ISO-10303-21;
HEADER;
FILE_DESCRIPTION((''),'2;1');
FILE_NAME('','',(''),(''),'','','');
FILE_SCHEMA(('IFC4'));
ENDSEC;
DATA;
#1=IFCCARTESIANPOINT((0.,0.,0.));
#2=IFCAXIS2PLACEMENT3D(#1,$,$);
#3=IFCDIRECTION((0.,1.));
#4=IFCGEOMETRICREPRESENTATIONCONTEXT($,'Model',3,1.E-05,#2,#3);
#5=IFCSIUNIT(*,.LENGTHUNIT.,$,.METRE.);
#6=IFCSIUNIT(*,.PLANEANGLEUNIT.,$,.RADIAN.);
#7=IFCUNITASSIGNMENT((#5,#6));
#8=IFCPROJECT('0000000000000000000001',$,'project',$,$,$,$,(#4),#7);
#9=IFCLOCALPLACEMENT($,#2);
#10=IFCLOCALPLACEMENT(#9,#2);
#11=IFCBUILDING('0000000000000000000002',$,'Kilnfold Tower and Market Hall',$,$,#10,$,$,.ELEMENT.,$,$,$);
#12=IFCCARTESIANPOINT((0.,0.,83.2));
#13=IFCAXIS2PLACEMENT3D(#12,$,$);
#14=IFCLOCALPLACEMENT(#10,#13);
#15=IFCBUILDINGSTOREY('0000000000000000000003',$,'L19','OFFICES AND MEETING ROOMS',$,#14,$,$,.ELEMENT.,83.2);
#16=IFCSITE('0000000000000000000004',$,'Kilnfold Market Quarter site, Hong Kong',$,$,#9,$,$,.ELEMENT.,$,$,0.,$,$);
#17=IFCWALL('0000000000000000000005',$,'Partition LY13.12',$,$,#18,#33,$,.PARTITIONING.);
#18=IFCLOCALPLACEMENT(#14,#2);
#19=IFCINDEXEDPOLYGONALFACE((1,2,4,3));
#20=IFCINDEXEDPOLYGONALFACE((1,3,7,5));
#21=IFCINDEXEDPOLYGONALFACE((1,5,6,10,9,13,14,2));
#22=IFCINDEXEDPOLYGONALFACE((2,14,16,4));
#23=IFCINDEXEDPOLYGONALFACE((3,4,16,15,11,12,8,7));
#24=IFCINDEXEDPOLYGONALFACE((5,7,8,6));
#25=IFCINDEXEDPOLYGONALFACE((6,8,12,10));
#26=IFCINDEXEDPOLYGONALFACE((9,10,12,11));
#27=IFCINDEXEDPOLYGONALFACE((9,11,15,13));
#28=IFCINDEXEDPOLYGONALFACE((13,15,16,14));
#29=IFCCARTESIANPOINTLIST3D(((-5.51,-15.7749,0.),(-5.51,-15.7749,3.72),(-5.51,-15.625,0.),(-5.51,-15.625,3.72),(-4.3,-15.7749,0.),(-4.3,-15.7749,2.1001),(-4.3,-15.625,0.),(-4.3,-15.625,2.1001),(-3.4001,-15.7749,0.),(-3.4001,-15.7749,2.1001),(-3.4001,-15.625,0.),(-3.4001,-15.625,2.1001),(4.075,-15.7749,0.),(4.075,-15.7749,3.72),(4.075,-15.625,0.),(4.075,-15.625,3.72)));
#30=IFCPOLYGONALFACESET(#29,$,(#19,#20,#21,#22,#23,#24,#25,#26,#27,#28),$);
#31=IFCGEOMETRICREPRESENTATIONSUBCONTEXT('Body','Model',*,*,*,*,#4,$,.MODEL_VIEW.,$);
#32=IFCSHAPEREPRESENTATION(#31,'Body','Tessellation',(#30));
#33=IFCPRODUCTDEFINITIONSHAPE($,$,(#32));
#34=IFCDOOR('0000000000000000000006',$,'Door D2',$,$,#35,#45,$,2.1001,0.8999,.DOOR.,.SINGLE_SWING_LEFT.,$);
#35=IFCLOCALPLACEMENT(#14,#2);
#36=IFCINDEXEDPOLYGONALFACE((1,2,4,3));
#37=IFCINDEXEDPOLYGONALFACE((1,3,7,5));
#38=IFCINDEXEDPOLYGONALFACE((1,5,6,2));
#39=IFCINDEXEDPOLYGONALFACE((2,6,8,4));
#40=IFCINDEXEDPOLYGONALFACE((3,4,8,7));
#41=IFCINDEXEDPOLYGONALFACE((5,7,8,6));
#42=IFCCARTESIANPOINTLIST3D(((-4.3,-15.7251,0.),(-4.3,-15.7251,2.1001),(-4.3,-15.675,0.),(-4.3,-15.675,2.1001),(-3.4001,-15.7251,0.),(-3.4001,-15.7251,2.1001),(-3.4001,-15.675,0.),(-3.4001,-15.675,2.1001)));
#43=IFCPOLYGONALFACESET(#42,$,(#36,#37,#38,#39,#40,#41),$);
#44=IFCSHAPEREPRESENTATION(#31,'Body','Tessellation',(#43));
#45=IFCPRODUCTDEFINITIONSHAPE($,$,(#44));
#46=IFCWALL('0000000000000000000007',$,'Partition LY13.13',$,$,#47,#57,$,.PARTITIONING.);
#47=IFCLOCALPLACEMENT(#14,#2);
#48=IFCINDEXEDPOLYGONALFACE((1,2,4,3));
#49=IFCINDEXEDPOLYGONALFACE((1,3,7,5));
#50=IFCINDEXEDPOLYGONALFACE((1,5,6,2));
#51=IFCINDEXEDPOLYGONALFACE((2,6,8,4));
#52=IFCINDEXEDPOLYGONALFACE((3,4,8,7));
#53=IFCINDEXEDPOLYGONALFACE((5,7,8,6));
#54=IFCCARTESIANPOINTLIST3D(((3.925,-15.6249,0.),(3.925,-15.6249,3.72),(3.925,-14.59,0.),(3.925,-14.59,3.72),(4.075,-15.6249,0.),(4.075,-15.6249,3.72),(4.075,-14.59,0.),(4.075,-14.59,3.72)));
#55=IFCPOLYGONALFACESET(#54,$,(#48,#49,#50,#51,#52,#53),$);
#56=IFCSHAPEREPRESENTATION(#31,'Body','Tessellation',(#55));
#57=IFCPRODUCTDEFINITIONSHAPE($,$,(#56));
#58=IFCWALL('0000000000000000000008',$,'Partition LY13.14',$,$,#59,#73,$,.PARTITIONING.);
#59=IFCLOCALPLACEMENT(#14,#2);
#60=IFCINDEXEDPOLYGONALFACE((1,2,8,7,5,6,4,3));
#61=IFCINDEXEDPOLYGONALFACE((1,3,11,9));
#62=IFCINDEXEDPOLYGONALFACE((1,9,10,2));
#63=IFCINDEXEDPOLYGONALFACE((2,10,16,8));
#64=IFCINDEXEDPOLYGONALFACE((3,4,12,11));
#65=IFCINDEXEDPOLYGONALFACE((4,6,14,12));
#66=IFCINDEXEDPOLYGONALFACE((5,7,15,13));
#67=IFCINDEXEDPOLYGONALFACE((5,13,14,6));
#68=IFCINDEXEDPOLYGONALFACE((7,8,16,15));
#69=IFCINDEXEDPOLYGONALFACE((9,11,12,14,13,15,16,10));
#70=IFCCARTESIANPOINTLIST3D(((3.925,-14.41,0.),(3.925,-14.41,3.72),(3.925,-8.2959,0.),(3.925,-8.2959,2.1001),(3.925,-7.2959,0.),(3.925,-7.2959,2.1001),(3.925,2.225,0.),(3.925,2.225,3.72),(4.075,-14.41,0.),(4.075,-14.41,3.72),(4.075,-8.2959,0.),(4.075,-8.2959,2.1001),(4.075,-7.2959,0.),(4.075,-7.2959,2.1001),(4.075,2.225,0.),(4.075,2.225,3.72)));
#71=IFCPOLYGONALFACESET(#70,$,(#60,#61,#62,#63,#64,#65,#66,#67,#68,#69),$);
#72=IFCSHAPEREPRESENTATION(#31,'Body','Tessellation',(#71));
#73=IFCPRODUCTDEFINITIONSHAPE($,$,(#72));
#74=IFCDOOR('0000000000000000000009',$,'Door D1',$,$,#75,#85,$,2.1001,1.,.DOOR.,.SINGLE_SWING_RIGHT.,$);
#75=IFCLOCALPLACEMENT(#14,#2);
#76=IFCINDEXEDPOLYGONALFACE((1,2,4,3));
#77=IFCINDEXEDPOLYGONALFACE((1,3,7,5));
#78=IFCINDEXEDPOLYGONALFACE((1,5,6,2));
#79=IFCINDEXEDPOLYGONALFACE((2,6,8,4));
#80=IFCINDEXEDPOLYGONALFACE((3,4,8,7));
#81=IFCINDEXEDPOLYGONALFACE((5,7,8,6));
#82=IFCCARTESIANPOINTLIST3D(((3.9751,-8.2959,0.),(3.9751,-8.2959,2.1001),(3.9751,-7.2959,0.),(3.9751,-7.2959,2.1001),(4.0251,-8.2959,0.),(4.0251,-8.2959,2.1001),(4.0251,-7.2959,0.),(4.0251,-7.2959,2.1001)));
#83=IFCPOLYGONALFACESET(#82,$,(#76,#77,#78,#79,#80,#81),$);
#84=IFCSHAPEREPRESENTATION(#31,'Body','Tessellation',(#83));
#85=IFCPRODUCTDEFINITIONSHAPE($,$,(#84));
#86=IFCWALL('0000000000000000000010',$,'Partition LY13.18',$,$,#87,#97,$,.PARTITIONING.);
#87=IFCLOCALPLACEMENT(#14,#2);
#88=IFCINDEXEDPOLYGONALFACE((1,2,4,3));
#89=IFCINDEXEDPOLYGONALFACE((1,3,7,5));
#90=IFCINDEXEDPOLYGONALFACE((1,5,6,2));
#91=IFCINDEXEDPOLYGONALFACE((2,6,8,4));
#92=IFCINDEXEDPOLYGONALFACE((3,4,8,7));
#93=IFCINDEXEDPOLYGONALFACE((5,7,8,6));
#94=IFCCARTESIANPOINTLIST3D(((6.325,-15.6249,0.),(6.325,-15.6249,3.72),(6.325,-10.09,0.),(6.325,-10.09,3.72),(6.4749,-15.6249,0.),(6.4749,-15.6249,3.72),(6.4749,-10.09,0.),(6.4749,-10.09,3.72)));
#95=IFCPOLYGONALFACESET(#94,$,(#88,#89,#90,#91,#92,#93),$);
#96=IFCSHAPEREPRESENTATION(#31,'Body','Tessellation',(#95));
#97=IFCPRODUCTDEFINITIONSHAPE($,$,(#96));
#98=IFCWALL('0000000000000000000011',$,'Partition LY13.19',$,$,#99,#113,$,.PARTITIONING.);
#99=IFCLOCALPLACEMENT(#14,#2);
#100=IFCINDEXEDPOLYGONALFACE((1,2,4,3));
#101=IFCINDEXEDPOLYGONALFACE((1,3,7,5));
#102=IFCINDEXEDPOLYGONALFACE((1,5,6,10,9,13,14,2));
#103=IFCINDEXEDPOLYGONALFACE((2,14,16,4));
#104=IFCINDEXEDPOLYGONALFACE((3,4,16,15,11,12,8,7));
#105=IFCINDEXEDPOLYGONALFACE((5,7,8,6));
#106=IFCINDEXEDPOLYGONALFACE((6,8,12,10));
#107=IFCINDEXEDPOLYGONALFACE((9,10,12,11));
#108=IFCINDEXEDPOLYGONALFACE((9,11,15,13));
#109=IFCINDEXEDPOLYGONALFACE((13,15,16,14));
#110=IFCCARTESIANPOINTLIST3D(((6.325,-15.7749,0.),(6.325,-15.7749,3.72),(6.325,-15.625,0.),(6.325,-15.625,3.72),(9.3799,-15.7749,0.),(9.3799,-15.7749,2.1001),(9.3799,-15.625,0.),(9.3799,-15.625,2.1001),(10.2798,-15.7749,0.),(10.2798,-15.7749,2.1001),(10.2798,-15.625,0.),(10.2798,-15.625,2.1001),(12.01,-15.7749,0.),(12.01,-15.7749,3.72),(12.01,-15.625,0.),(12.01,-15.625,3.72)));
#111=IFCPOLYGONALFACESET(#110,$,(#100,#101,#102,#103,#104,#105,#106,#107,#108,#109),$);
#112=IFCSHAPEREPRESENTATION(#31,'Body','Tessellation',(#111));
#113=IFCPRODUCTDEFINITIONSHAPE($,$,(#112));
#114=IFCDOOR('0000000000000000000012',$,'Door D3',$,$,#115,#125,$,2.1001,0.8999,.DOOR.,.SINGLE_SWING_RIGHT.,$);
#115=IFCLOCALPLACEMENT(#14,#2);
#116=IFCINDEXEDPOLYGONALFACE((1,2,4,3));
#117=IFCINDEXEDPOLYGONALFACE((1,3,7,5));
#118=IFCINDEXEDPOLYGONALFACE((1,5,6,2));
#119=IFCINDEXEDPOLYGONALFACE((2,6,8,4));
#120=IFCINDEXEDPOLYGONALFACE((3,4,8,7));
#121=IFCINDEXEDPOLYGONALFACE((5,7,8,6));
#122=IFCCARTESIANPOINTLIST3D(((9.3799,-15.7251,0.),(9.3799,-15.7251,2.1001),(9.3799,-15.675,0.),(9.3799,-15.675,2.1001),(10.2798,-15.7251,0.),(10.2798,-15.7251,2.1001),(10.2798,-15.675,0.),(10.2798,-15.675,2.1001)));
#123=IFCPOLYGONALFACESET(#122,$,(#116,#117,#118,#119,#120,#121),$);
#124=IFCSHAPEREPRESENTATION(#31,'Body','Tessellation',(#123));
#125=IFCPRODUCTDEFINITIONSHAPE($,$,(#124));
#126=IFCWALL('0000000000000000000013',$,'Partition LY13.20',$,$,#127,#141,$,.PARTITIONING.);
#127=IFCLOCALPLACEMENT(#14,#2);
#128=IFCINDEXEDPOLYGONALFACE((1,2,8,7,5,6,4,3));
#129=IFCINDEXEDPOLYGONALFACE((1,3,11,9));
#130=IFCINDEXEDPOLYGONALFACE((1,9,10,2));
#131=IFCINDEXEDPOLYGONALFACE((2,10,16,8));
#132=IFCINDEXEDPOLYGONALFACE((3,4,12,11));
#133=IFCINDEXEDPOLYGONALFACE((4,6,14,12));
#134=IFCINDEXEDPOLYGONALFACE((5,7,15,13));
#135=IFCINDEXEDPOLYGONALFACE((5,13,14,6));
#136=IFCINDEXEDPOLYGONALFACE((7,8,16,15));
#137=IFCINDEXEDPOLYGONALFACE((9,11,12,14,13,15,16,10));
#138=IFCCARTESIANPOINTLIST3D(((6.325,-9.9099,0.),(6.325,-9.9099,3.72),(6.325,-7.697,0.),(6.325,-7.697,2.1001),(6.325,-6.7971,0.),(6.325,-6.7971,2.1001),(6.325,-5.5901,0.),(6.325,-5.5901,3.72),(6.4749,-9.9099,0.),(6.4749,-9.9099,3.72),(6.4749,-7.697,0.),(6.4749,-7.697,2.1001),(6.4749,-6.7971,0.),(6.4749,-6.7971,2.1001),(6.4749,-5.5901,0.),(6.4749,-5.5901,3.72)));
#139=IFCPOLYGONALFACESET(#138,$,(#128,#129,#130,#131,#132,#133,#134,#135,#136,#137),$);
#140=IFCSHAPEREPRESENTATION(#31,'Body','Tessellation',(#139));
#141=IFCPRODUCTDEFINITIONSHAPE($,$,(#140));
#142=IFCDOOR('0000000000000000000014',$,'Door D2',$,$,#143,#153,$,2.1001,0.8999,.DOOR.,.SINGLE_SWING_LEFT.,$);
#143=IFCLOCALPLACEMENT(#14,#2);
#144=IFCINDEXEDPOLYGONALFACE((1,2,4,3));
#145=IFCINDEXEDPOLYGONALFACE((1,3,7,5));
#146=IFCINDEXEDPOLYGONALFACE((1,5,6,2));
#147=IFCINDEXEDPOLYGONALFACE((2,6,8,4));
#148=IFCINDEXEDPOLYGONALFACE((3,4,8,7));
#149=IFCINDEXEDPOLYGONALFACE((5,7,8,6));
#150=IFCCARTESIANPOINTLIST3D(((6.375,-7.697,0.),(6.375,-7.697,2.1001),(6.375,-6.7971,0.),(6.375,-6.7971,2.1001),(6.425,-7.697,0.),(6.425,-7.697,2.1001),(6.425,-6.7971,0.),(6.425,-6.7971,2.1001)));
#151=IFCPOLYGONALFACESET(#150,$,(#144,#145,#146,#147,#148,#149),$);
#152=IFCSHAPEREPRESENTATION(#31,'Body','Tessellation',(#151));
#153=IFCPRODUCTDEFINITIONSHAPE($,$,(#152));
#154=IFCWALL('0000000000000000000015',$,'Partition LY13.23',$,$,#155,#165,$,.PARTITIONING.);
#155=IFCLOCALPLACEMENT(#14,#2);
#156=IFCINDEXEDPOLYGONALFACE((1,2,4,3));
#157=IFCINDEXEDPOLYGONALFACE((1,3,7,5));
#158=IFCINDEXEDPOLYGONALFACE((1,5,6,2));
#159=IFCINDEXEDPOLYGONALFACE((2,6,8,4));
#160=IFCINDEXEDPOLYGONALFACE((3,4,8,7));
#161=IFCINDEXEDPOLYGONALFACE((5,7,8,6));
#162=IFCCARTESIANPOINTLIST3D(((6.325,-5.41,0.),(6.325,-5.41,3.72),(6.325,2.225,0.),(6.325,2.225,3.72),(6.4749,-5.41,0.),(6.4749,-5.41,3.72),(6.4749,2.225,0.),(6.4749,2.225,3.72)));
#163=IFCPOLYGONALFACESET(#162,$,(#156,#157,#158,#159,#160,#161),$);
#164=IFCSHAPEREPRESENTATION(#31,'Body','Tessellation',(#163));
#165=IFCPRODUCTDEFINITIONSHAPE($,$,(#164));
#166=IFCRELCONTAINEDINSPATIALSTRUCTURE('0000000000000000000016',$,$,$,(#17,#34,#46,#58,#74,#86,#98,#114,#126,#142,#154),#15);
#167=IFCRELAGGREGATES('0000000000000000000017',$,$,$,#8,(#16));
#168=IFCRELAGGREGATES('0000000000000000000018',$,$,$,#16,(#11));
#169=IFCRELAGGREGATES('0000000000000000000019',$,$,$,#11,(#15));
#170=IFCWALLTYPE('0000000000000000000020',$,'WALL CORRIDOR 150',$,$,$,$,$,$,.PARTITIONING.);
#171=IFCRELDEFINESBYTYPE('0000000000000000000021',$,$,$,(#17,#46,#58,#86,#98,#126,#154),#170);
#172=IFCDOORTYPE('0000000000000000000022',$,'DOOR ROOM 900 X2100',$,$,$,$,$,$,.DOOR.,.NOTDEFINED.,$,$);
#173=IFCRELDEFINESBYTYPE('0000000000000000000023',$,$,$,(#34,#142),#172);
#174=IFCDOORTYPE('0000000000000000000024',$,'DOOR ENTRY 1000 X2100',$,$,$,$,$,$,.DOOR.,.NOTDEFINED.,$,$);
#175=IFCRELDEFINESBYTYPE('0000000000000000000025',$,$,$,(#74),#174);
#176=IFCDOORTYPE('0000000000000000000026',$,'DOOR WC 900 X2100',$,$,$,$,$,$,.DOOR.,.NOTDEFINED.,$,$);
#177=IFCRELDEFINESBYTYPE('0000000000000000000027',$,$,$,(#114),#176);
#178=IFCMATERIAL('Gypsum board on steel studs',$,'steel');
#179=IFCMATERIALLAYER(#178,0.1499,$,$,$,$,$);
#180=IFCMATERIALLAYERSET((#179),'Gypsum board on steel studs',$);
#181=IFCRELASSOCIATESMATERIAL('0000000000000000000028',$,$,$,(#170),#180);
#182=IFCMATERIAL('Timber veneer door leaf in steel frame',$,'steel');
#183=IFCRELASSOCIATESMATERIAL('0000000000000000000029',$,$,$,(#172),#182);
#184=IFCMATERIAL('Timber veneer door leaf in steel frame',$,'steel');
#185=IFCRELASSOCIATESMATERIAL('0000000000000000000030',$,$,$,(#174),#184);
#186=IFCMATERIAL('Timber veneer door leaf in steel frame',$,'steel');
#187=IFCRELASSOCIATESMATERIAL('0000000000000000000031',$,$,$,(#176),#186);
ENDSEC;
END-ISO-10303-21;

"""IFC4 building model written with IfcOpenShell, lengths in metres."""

from ifc_helpers import new_model, si_unit, direction, frame, frame_2d, origin, place, context, subcontext, project, spatial, rectangle, extrude, material, layer, layer_set, type_object, element, fill, save


model = new_model("IFC4")

# Units and contexts
model_context = context("Model", 3, precision=1e-05, world=origin(), true_north=direction((0.0, 1.0)))
body_context = subcontext(model_context, "Body", "Model", "MODEL_VIEW")
ifc_project = project(units=[si_unit("LENGTHUNIT", "METRE"), si_unit("PLANEANGLEUNIT", "RADIAN")], contexts=[model_context])

# Site, building, storey
site_placement = place(None, origin())
site = spatial("IfcSite", under=ifc_project, at=site_placement, Name="Kilnfold Market Quarter site, Hong Kong", CompositionType="ELEMENT", RefElevation=0.0)
building_placement = place(site_placement, origin())
building = spatial("IfcBuilding", under=site, at=building_placement, Name="Kilnfold Tower and Market Hall", CompositionType="ELEMENT")
storey_placement = place(building_placement, frame((0.0, 0.0, 83.2)))
storey = spatial("IfcBuildingStorey", under=building, at=storey_placement, Name="L19", Description="OFFICES AND MEETING ROOMS", CompositionType="ELEMENT", Elevation=83.2)

# Wall, opening, door
ifc_material_1 = material(Name="Gypsum board on steel studs", Category="steel")
ifc_layer_1 = layer(ifc_material_1, 0.1499)
ifc_layer_set_1 = layer_set([ifc_layer_1], Name="Gypsum board on steel studs")
wall_type_1 = type_object("IfcWallType", Name="WALL CORRIDOR 150", PredefinedType="PARTITIONING", material=ifc_layer_set_1)
wall_1_placement = place(storey_placement, frame((-5.51, -15.7, 0.0), z_axis=(0.0, 0.0, 1.0), x_axis=(1.0, 0.0, 0.0)))
wall_1 = element("IfcWall", 1, at=wall_1_placement, inside=storey, type_object=wall_type_1, Name="Partition LY13.12", PredefinedType="PARTITIONING", context=body_context, shape_type="SweptSolid", body=[
    extrude(rectangle(XDim=9.585, YDim=0.1499, at=frame_2d((4.7925, 0.0))), origin(), (0.0, 0.0, 1.0), 3.72),
])
opening_1_placement = place(wall_1_placement, frame((1.21, 0.0, 0.0)))
opening_1 = element("IfcOpeningElement", 2, at=opening_1_placement, cuts=wall_1, PredefinedType="OPENING", context=body_context, shape_type="SweptSolid", body=[
    extrude(rectangle(XDim=0.8999, YDim=2.1001, at=frame_2d((0.45, 1.05))), frame((0.0, 0.085, 0.0), z_axis=(0.0, -1.0, 0.0), x_axis=(1.0, 0.0, 0.0)), (0.0, 0.0, 1.0), 0.1699),
])
ifc_material_2 = material(Name="Timber veneer door leaf in steel frame", Category="steel")
door_type_1 = type_object("IfcDoorType", Name="DOOR ROOM 900 X2100", OperationType="NOTDEFINED", PredefinedType="DOOR", material=ifc_material_2)
door_1_placement = place(opening_1_placement, origin())
door_1 = element("IfcDoor", 3, at=door_1_placement, inside=storey, type_object=door_type_1, Name="Door D2", OperationType="SINGLE_SWING_LEFT", OverallHeight=2.1001, OverallWidth=0.8999, PredefinedType="DOOR", context=body_context, shape_type="SweptSolid", body=[
    extrude(rectangle(XDim=0.8999, YDim=2.1001, at=frame_2d((0.45, 1.05))), frame((0.0, 0.0249, 0.0), z_axis=(0.0, -1.0, 0.0), x_axis=(1.0, 0.0, 0.0)), (0.0, 0.0, 1.0), 0.05),
])
fill(opening_1, door_1)

# Wall
wall_2_placement = place(storey_placement, frame((4.0, -15.625, 0.0), z_axis=(0.0, 0.0, 1.0), x_axis=(0.0, 1.0, 0.0)))
element("IfcWall", 4, at=wall_2_placement, inside=storey, type_object=wall_type_1, Name="Partition LY13.13", PredefinedType="PARTITIONING", context=body_context, shape_type="SweptSolid", body=[
    extrude(rectangle(XDim=1.0349, YDim=0.1499, at=frame_2d((0.5176, 0.0))), origin(), (0.0, 0.0, 1.0), 3.72),
])

# Wall, opening, door
wall_3_placement = place(storey_placement, frame((4.0, -14.4099, 0.0), z_axis=(0.0, 0.0, 1.0), x_axis=(0.0, 1.0, 0.0)))
wall_3 = element("IfcWall", 5, at=wall_3_placement, inside=storey, type_object=wall_type_1, Name="Partition LY13.14", PredefinedType="PARTITIONING", context=body_context, shape_type="SweptSolid", body=[
    extrude(rectangle(XDim=16.635, YDim=0.1499, at=frame_2d((8.3174, 0.0))), origin(), (0.0, 0.0, 1.0), 3.72),
])
opening_2_placement = place(wall_3_placement, frame((6.114, 0.0, 0.0)))
opening_2 = element("IfcOpeningElement", 6, at=opening_2_placement, cuts=wall_3, PredefinedType="OPENING", context=body_context, shape_type="SweptSolid", body=[
    extrude(rectangle(XDim=1.0, YDim=2.1001, at=frame_2d((0.5, 1.05))), frame((0.0, 0.085, 0.0), z_axis=(0.0, -1.0, 0.0), x_axis=(1.0, 0.0, 0.0)), (0.0, 0.0, 1.0), 0.1699),
])
ifc_material_3 = material(Name="Timber veneer door leaf in steel frame", Category="steel")
door_type_2 = type_object("IfcDoorType", Name="DOOR ENTRY 1000 X2100", OperationType="NOTDEFINED", PredefinedType="DOOR", material=ifc_material_3)
door_2_placement = place(opening_2_placement, origin())
door_2 = element("IfcDoor", 7, at=door_2_placement, inside=storey, type_object=door_type_2, Name="Door D1", OperationType="SINGLE_SWING_RIGHT", OverallHeight=2.1001, OverallWidth=1.0, PredefinedType="DOOR", context=body_context, shape_type="SweptSolid", body=[
    extrude(rectangle(XDim=1.0, YDim=2.1001, at=frame_2d((0.5, 1.05))), frame((0.0, 0.0249, 0.0), z_axis=(0.0, -1.0, 0.0), x_axis=(1.0, 0.0, 0.0)), (0.0, 0.0, 1.0), 0.05),
])
fill(opening_2, door_2)

# Wall
wall_4_placement = place(storey_placement, frame((6.3999, -15.625, 0.0), z_axis=(0.0, 0.0, 1.0), x_axis=(0.0, 1.0, 0.0)))
element("IfcWall", 8, at=wall_4_placement, inside=storey, type_object=wall_type_1, Name="Partition LY13.18", PredefinedType="PARTITIONING", context=body_context, shape_type="SweptSolid", body=[
    extrude(rectangle(XDim=5.5349, YDim=0.1499, at=frame_2d((2.7676, 0.0))), origin(), (0.0, 0.0, 1.0), 3.72),
])

# Walls, openings, doors
wall_5_placement = place(storey_placement, frame((6.325, -15.7, 0.0), z_axis=(0.0, 0.0, 1.0), x_axis=(1.0, 0.0, 0.0)))
wall_5 = element("IfcWall", 9, at=wall_5_placement, inside=storey, type_object=wall_type_1, Name="Partition LY13.19", PredefinedType="PARTITIONING", context=body_context, shape_type="SweptSolid", body=[
    extrude(rectangle(XDim=5.6851, YDim=0.1499, at=frame_2d((2.8425, 0.0))), origin(), (0.0, 0.0, 1.0), 3.72),
])
opening_3_placement = place(wall_5_placement, frame((3.0549, 0.0, 0.0)))
opening_3 = element("IfcOpeningElement", 10, at=opening_3_placement, cuts=wall_5, PredefinedType="OPENING", context=body_context, shape_type="SweptSolid", body=[
    extrude(rectangle(XDim=0.8999, YDim=2.1001, at=frame_2d((0.45, 1.05))), frame((0.0, 0.085, 0.0), z_axis=(0.0, -1.0, 0.0), x_axis=(1.0, 0.0, 0.0)), (0.0, 0.0, 1.0), 0.1699),
])
ifc_material_4 = material(Name="Timber veneer door leaf in steel frame", Category="steel")
door_type_3 = type_object("IfcDoorType", Name="DOOR WC 900 X2100", OperationType="NOTDEFINED", PredefinedType="DOOR", material=ifc_material_4)
door_3_placement = place(opening_3_placement, origin())
door_3 = element("IfcDoor", 11, at=door_3_placement, inside=storey, type_object=door_type_3, Name="Door D3", OperationType="SINGLE_SWING_RIGHT", OverallHeight=2.1001, OverallWidth=0.8999, PredefinedType="DOOR", context=body_context, shape_type="SweptSolid", body=[
    extrude(rectangle(XDim=0.8999, YDim=2.1001, at=frame_2d((0.45, 1.05))), frame((0.0, 0.0249, 0.0), z_axis=(0.0, -1.0, 0.0), x_axis=(1.0, 0.0, 0.0)), (0.0, 0.0, 1.0), 0.05),
])
fill(opening_3, door_3)
wall_6_placement = place(storey_placement, frame((6.3999, -9.9099, 0.0), z_axis=(0.0, 0.0, 1.0), x_axis=(0.0, 1.0, 0.0)))
wall_6 = element("IfcWall", 12, at=wall_6_placement, inside=storey, type_object=wall_type_1, Name="Partition LY13.20", PredefinedType="PARTITIONING", context=body_context, shape_type="SweptSolid", body=[
    extrude(rectangle(XDim=4.3198, YDim=0.1499, at=frame_2d((2.1599, 0.0))), origin(), (0.0, 0.0, 1.0), 3.72),
])
opening_4_placement = place(wall_6_placement, frame((2.2129, 0.0, 0.0)))
opening_4 = element("IfcOpeningElement", 13, at=opening_4_placement, cuts=wall_6, PredefinedType="OPENING", context=body_context, shape_type="SweptSolid", body=[
    extrude(rectangle(XDim=0.8999, YDim=2.1001, at=frame_2d((0.45, 1.05))), frame((0.0, 0.085, 0.0), z_axis=(0.0, -1.0, 0.0), x_axis=(1.0, 0.0, 0.0)), (0.0, 0.0, 1.0), 0.1699),
])
door_4_placement = place(opening_4_placement, origin())
door_4 = element("IfcDoor", 14, at=door_4_placement, inside=storey, type_object=door_type_1, Name="Door D2", OperationType="SINGLE_SWING_LEFT", OverallHeight=2.1001, OverallWidth=0.8999, PredefinedType="DOOR", context=body_context, shape_type="SweptSolid", body=[
    extrude(rectangle(XDim=0.8999, YDim=2.1001, at=frame_2d((0.45, 1.05))), frame((0.0, 0.0249, 0.0), z_axis=(0.0, -1.0, 0.0), x_axis=(1.0, 0.0, 0.0)), (0.0, 0.0, 1.0), 0.05),
])
fill(opening_4, door_4)

# Wall
wall_7_placement = place(storey_placement, frame((6.3999, -5.4099, 0.0), z_axis=(0.0, 0.0, 1.0), x_axis=(0.0, 1.0, 0.0)))
element("IfcWall", 15, at=wall_7_placement, inside=storey, type_object=wall_type_1, Name="Partition LY13.23", PredefinedType="PARTITIONING", context=body_context, shape_type="SweptSolid", body=[
    extrude(rectangle(XDim=7.635, YDim=0.1499, at=frame_2d((3.8174, 0.0))), origin(), (0.0, 0.0, 1.0), 3.72),
])

save(model, "model.ifc")
